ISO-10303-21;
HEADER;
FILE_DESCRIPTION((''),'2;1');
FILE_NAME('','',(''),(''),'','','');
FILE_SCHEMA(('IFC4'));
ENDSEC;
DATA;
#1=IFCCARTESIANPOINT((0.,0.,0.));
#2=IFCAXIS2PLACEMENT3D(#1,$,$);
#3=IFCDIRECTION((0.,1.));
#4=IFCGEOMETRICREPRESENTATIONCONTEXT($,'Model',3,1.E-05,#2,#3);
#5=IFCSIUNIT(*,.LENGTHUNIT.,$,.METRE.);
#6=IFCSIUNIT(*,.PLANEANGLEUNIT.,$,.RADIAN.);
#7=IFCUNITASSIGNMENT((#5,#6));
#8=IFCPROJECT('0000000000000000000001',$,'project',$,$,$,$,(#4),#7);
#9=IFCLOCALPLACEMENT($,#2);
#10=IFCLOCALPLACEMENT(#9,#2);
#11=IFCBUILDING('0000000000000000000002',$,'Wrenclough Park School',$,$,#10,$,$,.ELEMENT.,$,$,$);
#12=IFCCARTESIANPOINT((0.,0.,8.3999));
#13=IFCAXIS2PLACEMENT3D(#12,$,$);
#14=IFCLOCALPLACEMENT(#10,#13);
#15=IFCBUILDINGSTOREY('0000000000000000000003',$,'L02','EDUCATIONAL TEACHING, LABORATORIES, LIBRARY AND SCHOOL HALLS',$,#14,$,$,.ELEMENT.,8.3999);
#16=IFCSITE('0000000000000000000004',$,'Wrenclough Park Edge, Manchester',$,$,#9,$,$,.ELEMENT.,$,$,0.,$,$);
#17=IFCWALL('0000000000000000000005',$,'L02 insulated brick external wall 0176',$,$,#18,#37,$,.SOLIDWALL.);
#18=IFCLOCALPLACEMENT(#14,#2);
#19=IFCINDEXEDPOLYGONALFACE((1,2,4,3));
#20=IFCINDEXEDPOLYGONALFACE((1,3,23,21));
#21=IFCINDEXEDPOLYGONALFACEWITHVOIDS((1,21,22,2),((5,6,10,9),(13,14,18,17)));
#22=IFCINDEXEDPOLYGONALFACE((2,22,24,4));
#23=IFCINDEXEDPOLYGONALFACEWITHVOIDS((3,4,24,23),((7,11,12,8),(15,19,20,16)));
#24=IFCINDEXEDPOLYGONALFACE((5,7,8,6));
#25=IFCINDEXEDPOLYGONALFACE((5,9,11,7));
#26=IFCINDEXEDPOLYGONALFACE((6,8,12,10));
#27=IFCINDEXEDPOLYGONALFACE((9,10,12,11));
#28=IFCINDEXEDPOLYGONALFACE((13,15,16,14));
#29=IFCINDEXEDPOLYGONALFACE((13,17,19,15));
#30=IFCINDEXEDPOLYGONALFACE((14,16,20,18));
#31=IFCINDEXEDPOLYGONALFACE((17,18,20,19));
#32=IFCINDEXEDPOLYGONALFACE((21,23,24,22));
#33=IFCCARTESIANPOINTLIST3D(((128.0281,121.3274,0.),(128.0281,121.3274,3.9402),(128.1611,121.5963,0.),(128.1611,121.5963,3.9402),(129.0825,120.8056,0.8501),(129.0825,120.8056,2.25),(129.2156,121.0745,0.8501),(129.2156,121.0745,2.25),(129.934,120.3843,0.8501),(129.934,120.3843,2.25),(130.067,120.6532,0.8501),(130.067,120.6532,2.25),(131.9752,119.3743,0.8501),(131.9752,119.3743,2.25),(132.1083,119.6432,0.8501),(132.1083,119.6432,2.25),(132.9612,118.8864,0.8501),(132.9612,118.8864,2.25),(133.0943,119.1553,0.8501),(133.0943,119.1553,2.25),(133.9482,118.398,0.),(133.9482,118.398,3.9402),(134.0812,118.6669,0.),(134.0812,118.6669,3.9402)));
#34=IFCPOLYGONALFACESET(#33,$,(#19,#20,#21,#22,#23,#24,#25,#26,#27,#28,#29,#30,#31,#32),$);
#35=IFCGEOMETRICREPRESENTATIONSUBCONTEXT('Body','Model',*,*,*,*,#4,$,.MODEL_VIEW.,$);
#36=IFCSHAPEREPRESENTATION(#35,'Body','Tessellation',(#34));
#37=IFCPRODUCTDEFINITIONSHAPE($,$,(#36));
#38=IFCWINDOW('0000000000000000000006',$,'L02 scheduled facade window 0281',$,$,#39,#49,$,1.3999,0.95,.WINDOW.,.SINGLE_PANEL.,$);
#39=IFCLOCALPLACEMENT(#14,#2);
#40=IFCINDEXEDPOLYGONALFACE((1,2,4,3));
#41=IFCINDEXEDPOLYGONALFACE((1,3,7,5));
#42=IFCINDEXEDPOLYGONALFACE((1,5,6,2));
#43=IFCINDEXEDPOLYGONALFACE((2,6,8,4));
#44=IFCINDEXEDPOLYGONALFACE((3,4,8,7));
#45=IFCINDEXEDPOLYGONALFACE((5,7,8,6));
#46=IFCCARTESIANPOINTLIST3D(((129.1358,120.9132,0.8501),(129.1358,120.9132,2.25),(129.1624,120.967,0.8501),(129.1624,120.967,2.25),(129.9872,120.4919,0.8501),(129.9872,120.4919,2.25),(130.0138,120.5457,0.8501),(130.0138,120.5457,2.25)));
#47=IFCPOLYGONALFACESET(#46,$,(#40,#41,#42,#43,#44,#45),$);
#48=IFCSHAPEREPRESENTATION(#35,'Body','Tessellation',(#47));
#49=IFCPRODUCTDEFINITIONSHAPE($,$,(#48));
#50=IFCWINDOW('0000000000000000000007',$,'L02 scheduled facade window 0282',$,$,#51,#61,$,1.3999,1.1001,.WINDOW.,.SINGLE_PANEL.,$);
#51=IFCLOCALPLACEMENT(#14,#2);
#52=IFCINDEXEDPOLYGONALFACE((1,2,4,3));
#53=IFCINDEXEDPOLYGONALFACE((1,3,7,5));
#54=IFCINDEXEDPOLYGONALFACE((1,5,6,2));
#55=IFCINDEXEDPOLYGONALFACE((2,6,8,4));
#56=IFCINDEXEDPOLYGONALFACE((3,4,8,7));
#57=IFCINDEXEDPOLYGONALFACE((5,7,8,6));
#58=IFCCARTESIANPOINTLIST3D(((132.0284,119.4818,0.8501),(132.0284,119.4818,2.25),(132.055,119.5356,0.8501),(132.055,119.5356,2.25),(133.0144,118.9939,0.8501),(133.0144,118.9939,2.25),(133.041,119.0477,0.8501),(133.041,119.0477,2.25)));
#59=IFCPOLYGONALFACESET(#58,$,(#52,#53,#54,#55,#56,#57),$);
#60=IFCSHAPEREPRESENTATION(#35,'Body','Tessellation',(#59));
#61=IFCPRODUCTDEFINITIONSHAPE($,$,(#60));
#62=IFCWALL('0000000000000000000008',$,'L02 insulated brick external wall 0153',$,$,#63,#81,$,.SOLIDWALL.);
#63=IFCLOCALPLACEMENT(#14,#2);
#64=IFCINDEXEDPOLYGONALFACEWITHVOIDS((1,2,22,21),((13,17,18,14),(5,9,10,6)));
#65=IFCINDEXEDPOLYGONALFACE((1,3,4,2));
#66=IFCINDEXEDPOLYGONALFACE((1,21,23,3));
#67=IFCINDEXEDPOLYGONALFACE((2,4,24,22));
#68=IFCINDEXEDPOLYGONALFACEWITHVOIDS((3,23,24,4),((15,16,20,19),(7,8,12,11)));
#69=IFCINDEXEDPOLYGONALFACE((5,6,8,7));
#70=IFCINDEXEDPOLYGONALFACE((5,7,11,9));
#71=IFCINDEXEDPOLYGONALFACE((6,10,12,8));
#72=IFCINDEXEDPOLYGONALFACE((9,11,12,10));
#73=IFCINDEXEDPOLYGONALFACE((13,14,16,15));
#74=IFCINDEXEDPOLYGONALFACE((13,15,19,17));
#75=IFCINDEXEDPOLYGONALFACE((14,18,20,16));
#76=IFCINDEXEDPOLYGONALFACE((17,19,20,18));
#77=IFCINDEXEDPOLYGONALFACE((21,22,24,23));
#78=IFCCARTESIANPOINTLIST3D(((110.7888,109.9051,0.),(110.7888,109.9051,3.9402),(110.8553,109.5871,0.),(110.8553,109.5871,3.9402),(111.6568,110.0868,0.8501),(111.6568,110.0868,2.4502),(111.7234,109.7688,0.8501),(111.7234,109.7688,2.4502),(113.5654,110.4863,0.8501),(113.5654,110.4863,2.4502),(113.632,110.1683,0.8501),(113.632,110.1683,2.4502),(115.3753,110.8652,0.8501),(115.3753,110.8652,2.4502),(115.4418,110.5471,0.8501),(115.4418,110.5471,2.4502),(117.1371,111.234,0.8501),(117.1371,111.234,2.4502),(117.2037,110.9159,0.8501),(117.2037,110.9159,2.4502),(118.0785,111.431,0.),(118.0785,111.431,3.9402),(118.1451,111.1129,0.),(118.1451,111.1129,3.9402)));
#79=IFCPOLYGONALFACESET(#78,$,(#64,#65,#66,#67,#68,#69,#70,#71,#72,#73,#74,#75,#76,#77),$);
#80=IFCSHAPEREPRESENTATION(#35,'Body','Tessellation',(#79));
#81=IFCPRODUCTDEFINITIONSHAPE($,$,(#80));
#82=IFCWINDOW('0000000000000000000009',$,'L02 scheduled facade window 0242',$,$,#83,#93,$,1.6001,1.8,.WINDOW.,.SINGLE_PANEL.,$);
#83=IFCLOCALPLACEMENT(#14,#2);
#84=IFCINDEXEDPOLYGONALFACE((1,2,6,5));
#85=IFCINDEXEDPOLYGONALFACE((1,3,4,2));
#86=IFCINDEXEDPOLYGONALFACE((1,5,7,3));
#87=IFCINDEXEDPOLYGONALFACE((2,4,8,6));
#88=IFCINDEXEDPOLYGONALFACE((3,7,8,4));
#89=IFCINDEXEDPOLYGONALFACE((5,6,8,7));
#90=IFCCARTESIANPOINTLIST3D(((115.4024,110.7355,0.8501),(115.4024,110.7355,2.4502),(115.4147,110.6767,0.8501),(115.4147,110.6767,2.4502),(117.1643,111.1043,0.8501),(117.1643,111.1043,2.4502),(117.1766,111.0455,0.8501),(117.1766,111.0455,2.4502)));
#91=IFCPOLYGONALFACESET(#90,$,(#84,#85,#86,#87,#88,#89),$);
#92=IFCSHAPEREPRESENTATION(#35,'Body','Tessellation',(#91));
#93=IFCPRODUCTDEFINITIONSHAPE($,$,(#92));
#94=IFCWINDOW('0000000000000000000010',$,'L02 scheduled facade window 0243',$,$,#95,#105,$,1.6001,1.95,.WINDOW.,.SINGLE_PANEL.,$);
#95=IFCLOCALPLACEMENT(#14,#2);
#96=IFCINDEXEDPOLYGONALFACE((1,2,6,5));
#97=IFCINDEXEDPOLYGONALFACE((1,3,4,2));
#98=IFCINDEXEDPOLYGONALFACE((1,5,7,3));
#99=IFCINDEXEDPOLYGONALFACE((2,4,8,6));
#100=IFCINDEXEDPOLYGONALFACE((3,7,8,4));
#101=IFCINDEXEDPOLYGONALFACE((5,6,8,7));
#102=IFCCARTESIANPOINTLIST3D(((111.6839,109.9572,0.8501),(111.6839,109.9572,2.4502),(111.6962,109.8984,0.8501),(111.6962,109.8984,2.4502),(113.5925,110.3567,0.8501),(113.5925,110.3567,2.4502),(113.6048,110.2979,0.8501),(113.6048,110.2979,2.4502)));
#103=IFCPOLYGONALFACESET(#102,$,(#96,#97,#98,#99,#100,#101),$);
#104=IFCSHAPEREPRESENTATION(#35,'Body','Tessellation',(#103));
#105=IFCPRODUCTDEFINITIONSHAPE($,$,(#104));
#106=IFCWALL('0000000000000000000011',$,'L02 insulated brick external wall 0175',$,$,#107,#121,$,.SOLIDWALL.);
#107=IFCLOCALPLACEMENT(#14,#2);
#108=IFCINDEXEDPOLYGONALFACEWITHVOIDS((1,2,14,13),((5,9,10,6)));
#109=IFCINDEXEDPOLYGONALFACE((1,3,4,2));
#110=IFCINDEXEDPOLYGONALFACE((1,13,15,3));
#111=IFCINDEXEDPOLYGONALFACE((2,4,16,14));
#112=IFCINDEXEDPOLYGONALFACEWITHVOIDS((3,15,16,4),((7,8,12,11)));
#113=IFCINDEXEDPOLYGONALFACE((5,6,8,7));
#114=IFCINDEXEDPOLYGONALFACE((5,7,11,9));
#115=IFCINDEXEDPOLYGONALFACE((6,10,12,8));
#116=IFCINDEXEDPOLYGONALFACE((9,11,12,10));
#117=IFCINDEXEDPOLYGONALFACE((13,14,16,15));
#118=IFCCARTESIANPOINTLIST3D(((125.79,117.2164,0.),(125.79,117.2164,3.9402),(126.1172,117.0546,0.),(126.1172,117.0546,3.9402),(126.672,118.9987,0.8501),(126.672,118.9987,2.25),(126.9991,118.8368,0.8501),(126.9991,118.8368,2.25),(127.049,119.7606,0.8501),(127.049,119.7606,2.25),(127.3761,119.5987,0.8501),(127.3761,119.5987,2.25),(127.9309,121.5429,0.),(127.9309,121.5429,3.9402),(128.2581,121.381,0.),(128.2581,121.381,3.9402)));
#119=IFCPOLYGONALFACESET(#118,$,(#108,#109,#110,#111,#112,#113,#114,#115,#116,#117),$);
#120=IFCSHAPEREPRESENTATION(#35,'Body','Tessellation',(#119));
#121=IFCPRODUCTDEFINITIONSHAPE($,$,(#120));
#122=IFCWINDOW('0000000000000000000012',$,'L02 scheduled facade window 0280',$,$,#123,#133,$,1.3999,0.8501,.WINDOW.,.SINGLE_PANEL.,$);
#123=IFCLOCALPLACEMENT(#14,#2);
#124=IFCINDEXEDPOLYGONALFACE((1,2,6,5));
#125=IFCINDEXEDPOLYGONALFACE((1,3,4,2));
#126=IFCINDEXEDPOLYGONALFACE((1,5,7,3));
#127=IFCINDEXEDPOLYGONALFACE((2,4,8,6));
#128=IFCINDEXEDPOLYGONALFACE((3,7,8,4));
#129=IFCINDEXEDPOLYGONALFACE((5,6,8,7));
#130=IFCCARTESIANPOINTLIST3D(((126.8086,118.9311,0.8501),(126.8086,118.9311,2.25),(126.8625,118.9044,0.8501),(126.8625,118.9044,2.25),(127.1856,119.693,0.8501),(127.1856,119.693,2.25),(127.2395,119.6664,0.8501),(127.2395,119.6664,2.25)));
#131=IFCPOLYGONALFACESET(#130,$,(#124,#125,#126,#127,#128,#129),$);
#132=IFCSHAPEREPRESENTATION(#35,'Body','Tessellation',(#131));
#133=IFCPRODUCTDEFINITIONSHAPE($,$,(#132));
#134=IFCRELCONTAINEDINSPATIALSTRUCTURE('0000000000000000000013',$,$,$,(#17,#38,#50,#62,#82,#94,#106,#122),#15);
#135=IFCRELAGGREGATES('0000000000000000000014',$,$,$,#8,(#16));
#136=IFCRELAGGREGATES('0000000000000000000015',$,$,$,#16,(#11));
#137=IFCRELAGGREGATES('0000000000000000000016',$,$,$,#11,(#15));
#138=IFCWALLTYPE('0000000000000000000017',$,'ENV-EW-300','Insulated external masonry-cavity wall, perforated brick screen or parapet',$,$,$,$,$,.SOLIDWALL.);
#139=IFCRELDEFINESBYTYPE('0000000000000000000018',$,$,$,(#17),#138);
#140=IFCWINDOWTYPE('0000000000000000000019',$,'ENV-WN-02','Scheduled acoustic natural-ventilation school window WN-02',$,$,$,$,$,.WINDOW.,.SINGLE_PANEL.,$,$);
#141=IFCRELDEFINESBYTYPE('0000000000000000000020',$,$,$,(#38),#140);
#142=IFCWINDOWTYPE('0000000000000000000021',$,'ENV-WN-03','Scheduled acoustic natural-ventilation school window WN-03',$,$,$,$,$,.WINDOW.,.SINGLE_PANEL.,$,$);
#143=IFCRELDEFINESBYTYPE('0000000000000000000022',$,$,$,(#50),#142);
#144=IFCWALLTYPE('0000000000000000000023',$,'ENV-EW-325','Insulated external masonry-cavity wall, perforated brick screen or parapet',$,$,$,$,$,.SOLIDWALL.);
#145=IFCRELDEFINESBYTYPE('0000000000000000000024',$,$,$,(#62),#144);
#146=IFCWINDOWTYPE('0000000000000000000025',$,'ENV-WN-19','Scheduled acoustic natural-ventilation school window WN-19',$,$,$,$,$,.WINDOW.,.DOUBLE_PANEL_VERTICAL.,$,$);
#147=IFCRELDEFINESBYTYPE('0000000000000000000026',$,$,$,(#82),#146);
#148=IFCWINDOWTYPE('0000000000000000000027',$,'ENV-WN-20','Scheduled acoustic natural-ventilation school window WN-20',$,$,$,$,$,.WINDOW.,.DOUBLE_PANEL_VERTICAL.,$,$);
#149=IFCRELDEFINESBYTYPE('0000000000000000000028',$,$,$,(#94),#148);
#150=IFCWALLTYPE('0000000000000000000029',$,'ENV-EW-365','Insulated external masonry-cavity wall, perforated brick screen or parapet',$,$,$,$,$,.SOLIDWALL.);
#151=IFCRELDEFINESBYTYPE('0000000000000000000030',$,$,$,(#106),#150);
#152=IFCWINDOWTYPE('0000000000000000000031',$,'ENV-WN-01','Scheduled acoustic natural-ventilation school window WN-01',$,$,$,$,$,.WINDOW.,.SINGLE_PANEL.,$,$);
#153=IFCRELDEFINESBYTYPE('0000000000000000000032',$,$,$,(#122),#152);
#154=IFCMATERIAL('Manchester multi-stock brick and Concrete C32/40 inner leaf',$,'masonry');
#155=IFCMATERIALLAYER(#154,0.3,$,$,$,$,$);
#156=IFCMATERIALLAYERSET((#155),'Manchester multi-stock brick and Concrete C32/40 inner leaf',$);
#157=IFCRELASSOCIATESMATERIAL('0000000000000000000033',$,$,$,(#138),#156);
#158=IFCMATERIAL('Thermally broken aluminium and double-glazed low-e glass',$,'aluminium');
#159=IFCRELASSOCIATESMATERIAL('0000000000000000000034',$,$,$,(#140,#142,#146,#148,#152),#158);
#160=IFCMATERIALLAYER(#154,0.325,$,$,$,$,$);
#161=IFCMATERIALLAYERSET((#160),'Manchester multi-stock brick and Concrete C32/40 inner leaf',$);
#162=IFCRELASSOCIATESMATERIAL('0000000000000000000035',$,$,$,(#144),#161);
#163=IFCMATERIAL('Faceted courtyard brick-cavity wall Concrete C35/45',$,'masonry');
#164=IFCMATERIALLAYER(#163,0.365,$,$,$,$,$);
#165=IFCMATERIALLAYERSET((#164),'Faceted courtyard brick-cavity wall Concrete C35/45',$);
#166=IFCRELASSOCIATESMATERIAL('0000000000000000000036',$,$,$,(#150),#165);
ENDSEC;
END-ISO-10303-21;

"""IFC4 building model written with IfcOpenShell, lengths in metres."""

from ifc_helpers import new_model, si_unit, direction, frame, frame_2d, origin, place, context, subcontext, project, spatial, rectangle, extrude, material, layer, layer_set, type_object, element, fill, save


model = new_model("IFC4")

# Units and contexts
model_context = context("Model", 3, precision=1e-05, world=origin(), true_north=direction((0.0, 1.0)))
body_context = subcontext(model_context, "Body", "Model", "MODEL_VIEW")
ifc_project = project(units=[si_unit("LENGTHUNIT", "METRE"), si_unit("PLANEANGLEUNIT", "RADIAN")], contexts=[model_context])

# Site, building, storey
site_placement = place(None, origin())
site = spatial("IfcSite", under=ifc_project, at=site_placement, Name="Wrenclough Park Edge, Manchester", CompositionType="ELEMENT", RefElevation=0.0)
building_placement = place(site_placement, origin())
building = spatial("IfcBuilding", under=site, at=building_placement, Name="Wrenclough Park School", CompositionType="ELEMENT")
storey_placement = place(building_placement, frame((0.0, 0.0, 8.3999)))
storey = spatial("IfcBuildingStorey", under=building, at=storey_placement, Name="L02", Description="EDUCATIONAL TEACHING, LABORATORIES, LIBRARY AND SCHOOL HALLS", CompositionType="ELEMENT", Elevation=8.3999)

# Shared definitions
ifc_material_1 = material(Name="Thermally broken aluminium and double-glazed low-e glass", Category="aluminium")

# Walls, openings, windows
ifc_material_2 = material(Name="Manchester multi-stock brick and Concrete C32/40 inner leaf", Category="masonry")
ifc_layer_1 = layer(ifc_material_2, 0.3)
ifc_layer_set_1 = layer_set([ifc_layer_1], Name="Manchester multi-stock brick and Concrete C32/40 inner leaf")
wall_type_1 = type_object("IfcWallType", Name="ENV-EW-300", Description="Insulated external masonry-cavity wall, perforated brick screen or parapet", PredefinedType="SOLIDWALL", material=ifc_layer_set_1)
wall_1_placement = place(storey_placement, frame((128.0945, 121.4619, 0.0), z_axis=(0.0, 0.0, 1.0), x_axis=(0.896275, -0.443499, 0.0)))
wall_1 = element("IfcWall", 1, at=wall_1_placement, inside=storey, type_object=wall_type_1, Name="L02 insulated brick external wall 0176", PredefinedType="SOLIDWALL", context=body_context, shape_type="SweptSolid", body=[
    extrude(rectangle(XDim=6.6052, YDim=0.3, at=frame_2d((3.3027, 0.0))), origin(), (0.0, 0.0, 1.0), 3.9402),
])
opening_1_placement = place(wall_1_placement, frame((1.1765, 0.0, 0.8501)))
opening_1 = element("IfcOpeningElement", 2, at=opening_1_placement, cuts=wall_1, PredefinedType="OPENING", context=body_context, shape_type="SweptSolid", body=[
    extrude(rectangle(XDim=0.95, YDim=1.3999, at=frame_2d((0.4751, 0.7))), frame((0.0, 0.1599, 0.0), z_axis=(0.0, -1.0, 0.0), x_axis=(1.0, 0.0, 0.0)), (0.0, 0.0, 1.0), 0.3201),
])
opening_2_placement = place(wall_1_placement, frame((4.4041, 0.0, 0.8501)))
opening_2 = element("IfcOpeningElement", 3, at=opening_2_placement, cuts=wall_1, PredefinedType="OPENING", context=body_context, shape_type="SweptSolid", body=[
    extrude(rectangle(XDim=1.1001, YDim=1.3999, at=frame_2d((0.55, 0.7))), frame((0.0, 0.1599, 0.0), z_axis=(0.0, -1.0, 0.0), x_axis=(1.0, 0.0, 0.0)), (0.0, 0.0, 1.0), 0.3201),
])
window_type_1 = type_object("IfcWindowType", Name="ENV-WN-02", Description="Scheduled acoustic natural-ventilation school window WN-02", PartitioningType="SINGLE_PANEL", PredefinedType="WINDOW", material=ifc_material_1)
window_1_placement = place(opening_1_placement, origin())
window_1 = element("IfcWindow", 4, at=window_1_placement, inside=storey, type_object=window_type_1, Name="L02 scheduled facade window 0281", OverallHeight=1.3999, OverallWidth=0.95, PartitioningType="SINGLE_PANEL", PredefinedType="WINDOW", context=body_context, shape_type="SweptSolid", body=[
    extrude(rectangle(XDim=0.95, YDim=1.3999, at=frame_2d((0.4751, 0.7))), frame((0.0, 0.03, 0.0), z_axis=(0.0, -1.0, 0.0), x_axis=(1.0, 0.0, 0.0)), (0.0, 0.0, 1.0), 0.0601),
])
fill(opening_1, window_1)
window_type_2 = type_object("IfcWindowType", Name="ENV-WN-03", Description="Scheduled acoustic natural-ventilation school window WN-03", PartitioningType="SINGLE_PANEL", PredefinedType="WINDOW", material=ifc_material_1)
window_2_placement = place(opening_2_placement, origin())
window_2 = element("IfcWindow", 5, at=window_2_placement, inside=storey, type_object=window_type_2, Name="L02 scheduled facade window 0282", OverallHeight=1.3999, OverallWidth=1.1001, PartitioningType="SINGLE_PANEL", PredefinedType="WINDOW", context=body_context, shape_type="SweptSolid", body=[
    extrude(rectangle(XDim=1.1001, YDim=1.3999, at=frame_2d((0.55, 0.7))), frame((0.0, 0.03, 0.0), z_axis=(0.0, -1.0, 0.0), x_axis=(1.0, 0.0, 0.0)), (0.0, 0.0, 1.0), 0.0601),
])
fill(opening_2, window_2)
ifc_layer_2 = layer(ifc_material_2, 0.325)
ifc_layer_set_2 = layer_set([ifc_layer_2], Name="Manchester multi-stock brick and Concrete C32/40 inner leaf")
wall_type_2 = type_object("IfcWallType", Name="ENV-EW-325", Description="Insulated external masonry-cavity wall, perforated brick screen or parapet", PredefinedType="SOLIDWALL", material=ifc_layer_set_2)
wall_2_placement = place(storey_placement, frame((118.1118, 111.272, 0.0), z_axis=(0.0, 0.0, 1.0), x_axis=(-0.978788, -0.204877, 0.0)))
wall_2 = element("IfcWall", 6, at=wall_2_placement, inside=storey, type_object=wall_type_2, Name="L02 insulated brick external wall 0153", PredefinedType="SOLIDWALL", context=body_context, shape_type="SweptSolid", body=[
    extrude(rectangle(XDim=7.4478, YDim=0.325, at=frame_2d((3.7239, 0.0))), origin(), (0.0, 0.0, 1.0), 3.9402),
])
opening_3_placement = place(wall_2_placement, frame((0.9619, 0.0, 0.8501)))
opening_3 = element("IfcOpeningElement", 7, at=opening_3_placement, cuts=wall_2, PredefinedType="OPENING", context=body_context, shape_type="SweptSolid", body=[
    extrude(rectangle(XDim=1.8, YDim=1.6001, at=frame_2d((0.8999, 0.8))), frame((0.0, 0.1724, 0.0), z_axis=(0.0, -1.0, 0.0), x_axis=(1.0, 0.0, 0.0)), (0.0, 0.0, 1.0), 0.345),
])
opening_4_placement = place(wall_2_placement, frame((4.6108, 0.0, 0.8501)))
opening_4 = element("IfcOpeningElement", 8, at=opening_4_placement, cuts=wall_2, PredefinedType="OPENING", context=body_context, shape_type="SweptSolid", body=[
    extrude(rectangle(XDim=1.95, YDim=1.6001, at=frame_2d((0.9751, 0.8))), frame((0.0, 0.1724, 0.0), z_axis=(0.0, -1.0, 0.0), x_axis=(1.0, 0.0, 0.0)), (0.0, 0.0, 1.0), 0.345),
])
window_type_3 = type_object("IfcWindowType", Name="ENV-WN-19", Description="Scheduled acoustic natural-ventilation school window WN-19", PartitioningType="DOUBLE_PANEL_VERTICAL", PredefinedType="WINDOW", material=ifc_material_1)
window_3_placement = place(opening_3_placement, origin())
window_3 = element("IfcWindow", 9, at=window_3_placement, inside=storey, type_object=window_type_3, Name="L02 scheduled facade window 0242", OverallHeight=1.6001, OverallWidth=1.8, PartitioningType="SINGLE_PANEL", PredefinedType="WINDOW", context=body_context, shape_type="SweptSolid", body=[
    extrude(rectangle(XDim=1.8, YDim=1.6001, at=frame_2d((0.8999, 0.8))), frame((0.0, 0.03, 0.0), z_axis=(0.0, -1.0, 0.0), x_axis=(1.0, 0.0, 0.0)), (0.0, 0.0, 1.0), 0.0601),
])
fill(opening_3, window_3)
window_type_4 = type_object("IfcWindowType", Name="ENV-WN-20", Description="Scheduled acoustic natural-ventilation school window WN-20", PartitioningType="DOUBLE_PANEL_VERTICAL", PredefinedType="WINDOW", material=ifc_material_1)
window_4_placement = place(opening_4_placement, origin())
window_4 = element("IfcWindow", 10, at=window_4_placement, inside=storey, type_object=window_type_4, Name="L02 scheduled facade window 0243", OverallHeight=1.6001, OverallWidth=1.95, PartitioningType="SINGLE_PANEL", PredefinedType="WINDOW", context=body_context, shape_type="SweptSolid", body=[
    extrude(rectangle(XDim=1.95, YDim=1.6001, at=frame_2d((0.9751, 0.8))), frame((0.0, 0.03, 0.0), z_axis=(0.0, -1.0, 0.0), x_axis=(1.0, 0.0, 0.0)), (0.0, 0.0, 1.0), 0.0601),
])
fill(opening_4, window_4)

# Wall, opening, window
ifc_material_3 = material(Name="Faceted courtyard brick-cavity wall Concrete C35/45", Category="masonry")
ifc_layer_3 = layer(ifc_material_3, 0.365)
ifc_layer_set_3 = layer_set([ifc_layer_3], Name="Faceted courtyard brick-cavity wall Concrete C35/45")
wall_type_3 = type_object("IfcWallType", Name="ENV-EW-365", Description="Insulated external masonry-cavity wall, perforated brick screen or parapet", PredefinedType="SOLIDWALL", material=ifc_layer_set_3)
wall_3_placement = place(storey_placement, frame((125.9536, 117.1355, 0.0), z_axis=(0.0, 0.0, 1.0), x_axis=(0.443508, 0.896271, 0.0)))
wall_3 = element("IfcWall", 11, at=wall_3_placement, inside=storey, type_object=wall_type_3, Name="L02 insulated brick external wall 0175", PredefinedType="SOLIDWALL", context=body_context, shape_type="SweptSolid", body=[
    extrude(rectangle(XDim=4.8271, YDim=0.365, at=frame_2d((2.4136, 0.0))), origin(), (0.0, 0.0, 1.0), 3.9402),
])
opening_5_placement = place(wall_3_placement, frame((1.9885, 0.0, 0.8501)))
opening_5 = element("IfcOpeningElement", 12, at=opening_5_placement, cuts=wall_3, PredefinedType="OPENING", context=body_context, shape_type="SweptSolid", body=[
    extrude(rectangle(XDim=0.8501, YDim=1.3999, at=frame_2d((0.425, 0.7))), frame((0.0, 0.1924, 0.0), z_axis=(0.0, -1.0, 0.0), x_axis=(1.0, 0.0, 0.0)), (0.0, 0.0, 1.0), 0.385),
])
window_type_5 = type_object("IfcWindowType", Name="ENV-WN-01", Description="Scheduled acoustic natural-ventilation school window WN-01", PartitioningType="SINGLE_PANEL", PredefinedType="WINDOW", material=ifc_material_1)
window_5_placement = place(opening_5_placement, origin())
window_5 = element("IfcWindow", 13, at=window_5_placement, inside=storey, type_object=window_type_5, Name="L02 scheduled facade window 0280", OverallHeight=1.3999, OverallWidth=0.8501, PartitioningType="SINGLE_PANEL", PredefinedType="WINDOW", context=body_context, shape_type="SweptSolid", body=[
    extrude(rectangle(XDim=0.8501, YDim=1.3999, at=frame_2d((0.425, 0.7))), frame((0.0, 0.03, 0.0), z_axis=(0.0, -1.0, 0.0), x_axis=(1.0, 0.0, 0.0)), (0.0, 0.0, 1.0), 0.0601),
])
fill(opening_5, window_5)

save(model, "model.ifc")
